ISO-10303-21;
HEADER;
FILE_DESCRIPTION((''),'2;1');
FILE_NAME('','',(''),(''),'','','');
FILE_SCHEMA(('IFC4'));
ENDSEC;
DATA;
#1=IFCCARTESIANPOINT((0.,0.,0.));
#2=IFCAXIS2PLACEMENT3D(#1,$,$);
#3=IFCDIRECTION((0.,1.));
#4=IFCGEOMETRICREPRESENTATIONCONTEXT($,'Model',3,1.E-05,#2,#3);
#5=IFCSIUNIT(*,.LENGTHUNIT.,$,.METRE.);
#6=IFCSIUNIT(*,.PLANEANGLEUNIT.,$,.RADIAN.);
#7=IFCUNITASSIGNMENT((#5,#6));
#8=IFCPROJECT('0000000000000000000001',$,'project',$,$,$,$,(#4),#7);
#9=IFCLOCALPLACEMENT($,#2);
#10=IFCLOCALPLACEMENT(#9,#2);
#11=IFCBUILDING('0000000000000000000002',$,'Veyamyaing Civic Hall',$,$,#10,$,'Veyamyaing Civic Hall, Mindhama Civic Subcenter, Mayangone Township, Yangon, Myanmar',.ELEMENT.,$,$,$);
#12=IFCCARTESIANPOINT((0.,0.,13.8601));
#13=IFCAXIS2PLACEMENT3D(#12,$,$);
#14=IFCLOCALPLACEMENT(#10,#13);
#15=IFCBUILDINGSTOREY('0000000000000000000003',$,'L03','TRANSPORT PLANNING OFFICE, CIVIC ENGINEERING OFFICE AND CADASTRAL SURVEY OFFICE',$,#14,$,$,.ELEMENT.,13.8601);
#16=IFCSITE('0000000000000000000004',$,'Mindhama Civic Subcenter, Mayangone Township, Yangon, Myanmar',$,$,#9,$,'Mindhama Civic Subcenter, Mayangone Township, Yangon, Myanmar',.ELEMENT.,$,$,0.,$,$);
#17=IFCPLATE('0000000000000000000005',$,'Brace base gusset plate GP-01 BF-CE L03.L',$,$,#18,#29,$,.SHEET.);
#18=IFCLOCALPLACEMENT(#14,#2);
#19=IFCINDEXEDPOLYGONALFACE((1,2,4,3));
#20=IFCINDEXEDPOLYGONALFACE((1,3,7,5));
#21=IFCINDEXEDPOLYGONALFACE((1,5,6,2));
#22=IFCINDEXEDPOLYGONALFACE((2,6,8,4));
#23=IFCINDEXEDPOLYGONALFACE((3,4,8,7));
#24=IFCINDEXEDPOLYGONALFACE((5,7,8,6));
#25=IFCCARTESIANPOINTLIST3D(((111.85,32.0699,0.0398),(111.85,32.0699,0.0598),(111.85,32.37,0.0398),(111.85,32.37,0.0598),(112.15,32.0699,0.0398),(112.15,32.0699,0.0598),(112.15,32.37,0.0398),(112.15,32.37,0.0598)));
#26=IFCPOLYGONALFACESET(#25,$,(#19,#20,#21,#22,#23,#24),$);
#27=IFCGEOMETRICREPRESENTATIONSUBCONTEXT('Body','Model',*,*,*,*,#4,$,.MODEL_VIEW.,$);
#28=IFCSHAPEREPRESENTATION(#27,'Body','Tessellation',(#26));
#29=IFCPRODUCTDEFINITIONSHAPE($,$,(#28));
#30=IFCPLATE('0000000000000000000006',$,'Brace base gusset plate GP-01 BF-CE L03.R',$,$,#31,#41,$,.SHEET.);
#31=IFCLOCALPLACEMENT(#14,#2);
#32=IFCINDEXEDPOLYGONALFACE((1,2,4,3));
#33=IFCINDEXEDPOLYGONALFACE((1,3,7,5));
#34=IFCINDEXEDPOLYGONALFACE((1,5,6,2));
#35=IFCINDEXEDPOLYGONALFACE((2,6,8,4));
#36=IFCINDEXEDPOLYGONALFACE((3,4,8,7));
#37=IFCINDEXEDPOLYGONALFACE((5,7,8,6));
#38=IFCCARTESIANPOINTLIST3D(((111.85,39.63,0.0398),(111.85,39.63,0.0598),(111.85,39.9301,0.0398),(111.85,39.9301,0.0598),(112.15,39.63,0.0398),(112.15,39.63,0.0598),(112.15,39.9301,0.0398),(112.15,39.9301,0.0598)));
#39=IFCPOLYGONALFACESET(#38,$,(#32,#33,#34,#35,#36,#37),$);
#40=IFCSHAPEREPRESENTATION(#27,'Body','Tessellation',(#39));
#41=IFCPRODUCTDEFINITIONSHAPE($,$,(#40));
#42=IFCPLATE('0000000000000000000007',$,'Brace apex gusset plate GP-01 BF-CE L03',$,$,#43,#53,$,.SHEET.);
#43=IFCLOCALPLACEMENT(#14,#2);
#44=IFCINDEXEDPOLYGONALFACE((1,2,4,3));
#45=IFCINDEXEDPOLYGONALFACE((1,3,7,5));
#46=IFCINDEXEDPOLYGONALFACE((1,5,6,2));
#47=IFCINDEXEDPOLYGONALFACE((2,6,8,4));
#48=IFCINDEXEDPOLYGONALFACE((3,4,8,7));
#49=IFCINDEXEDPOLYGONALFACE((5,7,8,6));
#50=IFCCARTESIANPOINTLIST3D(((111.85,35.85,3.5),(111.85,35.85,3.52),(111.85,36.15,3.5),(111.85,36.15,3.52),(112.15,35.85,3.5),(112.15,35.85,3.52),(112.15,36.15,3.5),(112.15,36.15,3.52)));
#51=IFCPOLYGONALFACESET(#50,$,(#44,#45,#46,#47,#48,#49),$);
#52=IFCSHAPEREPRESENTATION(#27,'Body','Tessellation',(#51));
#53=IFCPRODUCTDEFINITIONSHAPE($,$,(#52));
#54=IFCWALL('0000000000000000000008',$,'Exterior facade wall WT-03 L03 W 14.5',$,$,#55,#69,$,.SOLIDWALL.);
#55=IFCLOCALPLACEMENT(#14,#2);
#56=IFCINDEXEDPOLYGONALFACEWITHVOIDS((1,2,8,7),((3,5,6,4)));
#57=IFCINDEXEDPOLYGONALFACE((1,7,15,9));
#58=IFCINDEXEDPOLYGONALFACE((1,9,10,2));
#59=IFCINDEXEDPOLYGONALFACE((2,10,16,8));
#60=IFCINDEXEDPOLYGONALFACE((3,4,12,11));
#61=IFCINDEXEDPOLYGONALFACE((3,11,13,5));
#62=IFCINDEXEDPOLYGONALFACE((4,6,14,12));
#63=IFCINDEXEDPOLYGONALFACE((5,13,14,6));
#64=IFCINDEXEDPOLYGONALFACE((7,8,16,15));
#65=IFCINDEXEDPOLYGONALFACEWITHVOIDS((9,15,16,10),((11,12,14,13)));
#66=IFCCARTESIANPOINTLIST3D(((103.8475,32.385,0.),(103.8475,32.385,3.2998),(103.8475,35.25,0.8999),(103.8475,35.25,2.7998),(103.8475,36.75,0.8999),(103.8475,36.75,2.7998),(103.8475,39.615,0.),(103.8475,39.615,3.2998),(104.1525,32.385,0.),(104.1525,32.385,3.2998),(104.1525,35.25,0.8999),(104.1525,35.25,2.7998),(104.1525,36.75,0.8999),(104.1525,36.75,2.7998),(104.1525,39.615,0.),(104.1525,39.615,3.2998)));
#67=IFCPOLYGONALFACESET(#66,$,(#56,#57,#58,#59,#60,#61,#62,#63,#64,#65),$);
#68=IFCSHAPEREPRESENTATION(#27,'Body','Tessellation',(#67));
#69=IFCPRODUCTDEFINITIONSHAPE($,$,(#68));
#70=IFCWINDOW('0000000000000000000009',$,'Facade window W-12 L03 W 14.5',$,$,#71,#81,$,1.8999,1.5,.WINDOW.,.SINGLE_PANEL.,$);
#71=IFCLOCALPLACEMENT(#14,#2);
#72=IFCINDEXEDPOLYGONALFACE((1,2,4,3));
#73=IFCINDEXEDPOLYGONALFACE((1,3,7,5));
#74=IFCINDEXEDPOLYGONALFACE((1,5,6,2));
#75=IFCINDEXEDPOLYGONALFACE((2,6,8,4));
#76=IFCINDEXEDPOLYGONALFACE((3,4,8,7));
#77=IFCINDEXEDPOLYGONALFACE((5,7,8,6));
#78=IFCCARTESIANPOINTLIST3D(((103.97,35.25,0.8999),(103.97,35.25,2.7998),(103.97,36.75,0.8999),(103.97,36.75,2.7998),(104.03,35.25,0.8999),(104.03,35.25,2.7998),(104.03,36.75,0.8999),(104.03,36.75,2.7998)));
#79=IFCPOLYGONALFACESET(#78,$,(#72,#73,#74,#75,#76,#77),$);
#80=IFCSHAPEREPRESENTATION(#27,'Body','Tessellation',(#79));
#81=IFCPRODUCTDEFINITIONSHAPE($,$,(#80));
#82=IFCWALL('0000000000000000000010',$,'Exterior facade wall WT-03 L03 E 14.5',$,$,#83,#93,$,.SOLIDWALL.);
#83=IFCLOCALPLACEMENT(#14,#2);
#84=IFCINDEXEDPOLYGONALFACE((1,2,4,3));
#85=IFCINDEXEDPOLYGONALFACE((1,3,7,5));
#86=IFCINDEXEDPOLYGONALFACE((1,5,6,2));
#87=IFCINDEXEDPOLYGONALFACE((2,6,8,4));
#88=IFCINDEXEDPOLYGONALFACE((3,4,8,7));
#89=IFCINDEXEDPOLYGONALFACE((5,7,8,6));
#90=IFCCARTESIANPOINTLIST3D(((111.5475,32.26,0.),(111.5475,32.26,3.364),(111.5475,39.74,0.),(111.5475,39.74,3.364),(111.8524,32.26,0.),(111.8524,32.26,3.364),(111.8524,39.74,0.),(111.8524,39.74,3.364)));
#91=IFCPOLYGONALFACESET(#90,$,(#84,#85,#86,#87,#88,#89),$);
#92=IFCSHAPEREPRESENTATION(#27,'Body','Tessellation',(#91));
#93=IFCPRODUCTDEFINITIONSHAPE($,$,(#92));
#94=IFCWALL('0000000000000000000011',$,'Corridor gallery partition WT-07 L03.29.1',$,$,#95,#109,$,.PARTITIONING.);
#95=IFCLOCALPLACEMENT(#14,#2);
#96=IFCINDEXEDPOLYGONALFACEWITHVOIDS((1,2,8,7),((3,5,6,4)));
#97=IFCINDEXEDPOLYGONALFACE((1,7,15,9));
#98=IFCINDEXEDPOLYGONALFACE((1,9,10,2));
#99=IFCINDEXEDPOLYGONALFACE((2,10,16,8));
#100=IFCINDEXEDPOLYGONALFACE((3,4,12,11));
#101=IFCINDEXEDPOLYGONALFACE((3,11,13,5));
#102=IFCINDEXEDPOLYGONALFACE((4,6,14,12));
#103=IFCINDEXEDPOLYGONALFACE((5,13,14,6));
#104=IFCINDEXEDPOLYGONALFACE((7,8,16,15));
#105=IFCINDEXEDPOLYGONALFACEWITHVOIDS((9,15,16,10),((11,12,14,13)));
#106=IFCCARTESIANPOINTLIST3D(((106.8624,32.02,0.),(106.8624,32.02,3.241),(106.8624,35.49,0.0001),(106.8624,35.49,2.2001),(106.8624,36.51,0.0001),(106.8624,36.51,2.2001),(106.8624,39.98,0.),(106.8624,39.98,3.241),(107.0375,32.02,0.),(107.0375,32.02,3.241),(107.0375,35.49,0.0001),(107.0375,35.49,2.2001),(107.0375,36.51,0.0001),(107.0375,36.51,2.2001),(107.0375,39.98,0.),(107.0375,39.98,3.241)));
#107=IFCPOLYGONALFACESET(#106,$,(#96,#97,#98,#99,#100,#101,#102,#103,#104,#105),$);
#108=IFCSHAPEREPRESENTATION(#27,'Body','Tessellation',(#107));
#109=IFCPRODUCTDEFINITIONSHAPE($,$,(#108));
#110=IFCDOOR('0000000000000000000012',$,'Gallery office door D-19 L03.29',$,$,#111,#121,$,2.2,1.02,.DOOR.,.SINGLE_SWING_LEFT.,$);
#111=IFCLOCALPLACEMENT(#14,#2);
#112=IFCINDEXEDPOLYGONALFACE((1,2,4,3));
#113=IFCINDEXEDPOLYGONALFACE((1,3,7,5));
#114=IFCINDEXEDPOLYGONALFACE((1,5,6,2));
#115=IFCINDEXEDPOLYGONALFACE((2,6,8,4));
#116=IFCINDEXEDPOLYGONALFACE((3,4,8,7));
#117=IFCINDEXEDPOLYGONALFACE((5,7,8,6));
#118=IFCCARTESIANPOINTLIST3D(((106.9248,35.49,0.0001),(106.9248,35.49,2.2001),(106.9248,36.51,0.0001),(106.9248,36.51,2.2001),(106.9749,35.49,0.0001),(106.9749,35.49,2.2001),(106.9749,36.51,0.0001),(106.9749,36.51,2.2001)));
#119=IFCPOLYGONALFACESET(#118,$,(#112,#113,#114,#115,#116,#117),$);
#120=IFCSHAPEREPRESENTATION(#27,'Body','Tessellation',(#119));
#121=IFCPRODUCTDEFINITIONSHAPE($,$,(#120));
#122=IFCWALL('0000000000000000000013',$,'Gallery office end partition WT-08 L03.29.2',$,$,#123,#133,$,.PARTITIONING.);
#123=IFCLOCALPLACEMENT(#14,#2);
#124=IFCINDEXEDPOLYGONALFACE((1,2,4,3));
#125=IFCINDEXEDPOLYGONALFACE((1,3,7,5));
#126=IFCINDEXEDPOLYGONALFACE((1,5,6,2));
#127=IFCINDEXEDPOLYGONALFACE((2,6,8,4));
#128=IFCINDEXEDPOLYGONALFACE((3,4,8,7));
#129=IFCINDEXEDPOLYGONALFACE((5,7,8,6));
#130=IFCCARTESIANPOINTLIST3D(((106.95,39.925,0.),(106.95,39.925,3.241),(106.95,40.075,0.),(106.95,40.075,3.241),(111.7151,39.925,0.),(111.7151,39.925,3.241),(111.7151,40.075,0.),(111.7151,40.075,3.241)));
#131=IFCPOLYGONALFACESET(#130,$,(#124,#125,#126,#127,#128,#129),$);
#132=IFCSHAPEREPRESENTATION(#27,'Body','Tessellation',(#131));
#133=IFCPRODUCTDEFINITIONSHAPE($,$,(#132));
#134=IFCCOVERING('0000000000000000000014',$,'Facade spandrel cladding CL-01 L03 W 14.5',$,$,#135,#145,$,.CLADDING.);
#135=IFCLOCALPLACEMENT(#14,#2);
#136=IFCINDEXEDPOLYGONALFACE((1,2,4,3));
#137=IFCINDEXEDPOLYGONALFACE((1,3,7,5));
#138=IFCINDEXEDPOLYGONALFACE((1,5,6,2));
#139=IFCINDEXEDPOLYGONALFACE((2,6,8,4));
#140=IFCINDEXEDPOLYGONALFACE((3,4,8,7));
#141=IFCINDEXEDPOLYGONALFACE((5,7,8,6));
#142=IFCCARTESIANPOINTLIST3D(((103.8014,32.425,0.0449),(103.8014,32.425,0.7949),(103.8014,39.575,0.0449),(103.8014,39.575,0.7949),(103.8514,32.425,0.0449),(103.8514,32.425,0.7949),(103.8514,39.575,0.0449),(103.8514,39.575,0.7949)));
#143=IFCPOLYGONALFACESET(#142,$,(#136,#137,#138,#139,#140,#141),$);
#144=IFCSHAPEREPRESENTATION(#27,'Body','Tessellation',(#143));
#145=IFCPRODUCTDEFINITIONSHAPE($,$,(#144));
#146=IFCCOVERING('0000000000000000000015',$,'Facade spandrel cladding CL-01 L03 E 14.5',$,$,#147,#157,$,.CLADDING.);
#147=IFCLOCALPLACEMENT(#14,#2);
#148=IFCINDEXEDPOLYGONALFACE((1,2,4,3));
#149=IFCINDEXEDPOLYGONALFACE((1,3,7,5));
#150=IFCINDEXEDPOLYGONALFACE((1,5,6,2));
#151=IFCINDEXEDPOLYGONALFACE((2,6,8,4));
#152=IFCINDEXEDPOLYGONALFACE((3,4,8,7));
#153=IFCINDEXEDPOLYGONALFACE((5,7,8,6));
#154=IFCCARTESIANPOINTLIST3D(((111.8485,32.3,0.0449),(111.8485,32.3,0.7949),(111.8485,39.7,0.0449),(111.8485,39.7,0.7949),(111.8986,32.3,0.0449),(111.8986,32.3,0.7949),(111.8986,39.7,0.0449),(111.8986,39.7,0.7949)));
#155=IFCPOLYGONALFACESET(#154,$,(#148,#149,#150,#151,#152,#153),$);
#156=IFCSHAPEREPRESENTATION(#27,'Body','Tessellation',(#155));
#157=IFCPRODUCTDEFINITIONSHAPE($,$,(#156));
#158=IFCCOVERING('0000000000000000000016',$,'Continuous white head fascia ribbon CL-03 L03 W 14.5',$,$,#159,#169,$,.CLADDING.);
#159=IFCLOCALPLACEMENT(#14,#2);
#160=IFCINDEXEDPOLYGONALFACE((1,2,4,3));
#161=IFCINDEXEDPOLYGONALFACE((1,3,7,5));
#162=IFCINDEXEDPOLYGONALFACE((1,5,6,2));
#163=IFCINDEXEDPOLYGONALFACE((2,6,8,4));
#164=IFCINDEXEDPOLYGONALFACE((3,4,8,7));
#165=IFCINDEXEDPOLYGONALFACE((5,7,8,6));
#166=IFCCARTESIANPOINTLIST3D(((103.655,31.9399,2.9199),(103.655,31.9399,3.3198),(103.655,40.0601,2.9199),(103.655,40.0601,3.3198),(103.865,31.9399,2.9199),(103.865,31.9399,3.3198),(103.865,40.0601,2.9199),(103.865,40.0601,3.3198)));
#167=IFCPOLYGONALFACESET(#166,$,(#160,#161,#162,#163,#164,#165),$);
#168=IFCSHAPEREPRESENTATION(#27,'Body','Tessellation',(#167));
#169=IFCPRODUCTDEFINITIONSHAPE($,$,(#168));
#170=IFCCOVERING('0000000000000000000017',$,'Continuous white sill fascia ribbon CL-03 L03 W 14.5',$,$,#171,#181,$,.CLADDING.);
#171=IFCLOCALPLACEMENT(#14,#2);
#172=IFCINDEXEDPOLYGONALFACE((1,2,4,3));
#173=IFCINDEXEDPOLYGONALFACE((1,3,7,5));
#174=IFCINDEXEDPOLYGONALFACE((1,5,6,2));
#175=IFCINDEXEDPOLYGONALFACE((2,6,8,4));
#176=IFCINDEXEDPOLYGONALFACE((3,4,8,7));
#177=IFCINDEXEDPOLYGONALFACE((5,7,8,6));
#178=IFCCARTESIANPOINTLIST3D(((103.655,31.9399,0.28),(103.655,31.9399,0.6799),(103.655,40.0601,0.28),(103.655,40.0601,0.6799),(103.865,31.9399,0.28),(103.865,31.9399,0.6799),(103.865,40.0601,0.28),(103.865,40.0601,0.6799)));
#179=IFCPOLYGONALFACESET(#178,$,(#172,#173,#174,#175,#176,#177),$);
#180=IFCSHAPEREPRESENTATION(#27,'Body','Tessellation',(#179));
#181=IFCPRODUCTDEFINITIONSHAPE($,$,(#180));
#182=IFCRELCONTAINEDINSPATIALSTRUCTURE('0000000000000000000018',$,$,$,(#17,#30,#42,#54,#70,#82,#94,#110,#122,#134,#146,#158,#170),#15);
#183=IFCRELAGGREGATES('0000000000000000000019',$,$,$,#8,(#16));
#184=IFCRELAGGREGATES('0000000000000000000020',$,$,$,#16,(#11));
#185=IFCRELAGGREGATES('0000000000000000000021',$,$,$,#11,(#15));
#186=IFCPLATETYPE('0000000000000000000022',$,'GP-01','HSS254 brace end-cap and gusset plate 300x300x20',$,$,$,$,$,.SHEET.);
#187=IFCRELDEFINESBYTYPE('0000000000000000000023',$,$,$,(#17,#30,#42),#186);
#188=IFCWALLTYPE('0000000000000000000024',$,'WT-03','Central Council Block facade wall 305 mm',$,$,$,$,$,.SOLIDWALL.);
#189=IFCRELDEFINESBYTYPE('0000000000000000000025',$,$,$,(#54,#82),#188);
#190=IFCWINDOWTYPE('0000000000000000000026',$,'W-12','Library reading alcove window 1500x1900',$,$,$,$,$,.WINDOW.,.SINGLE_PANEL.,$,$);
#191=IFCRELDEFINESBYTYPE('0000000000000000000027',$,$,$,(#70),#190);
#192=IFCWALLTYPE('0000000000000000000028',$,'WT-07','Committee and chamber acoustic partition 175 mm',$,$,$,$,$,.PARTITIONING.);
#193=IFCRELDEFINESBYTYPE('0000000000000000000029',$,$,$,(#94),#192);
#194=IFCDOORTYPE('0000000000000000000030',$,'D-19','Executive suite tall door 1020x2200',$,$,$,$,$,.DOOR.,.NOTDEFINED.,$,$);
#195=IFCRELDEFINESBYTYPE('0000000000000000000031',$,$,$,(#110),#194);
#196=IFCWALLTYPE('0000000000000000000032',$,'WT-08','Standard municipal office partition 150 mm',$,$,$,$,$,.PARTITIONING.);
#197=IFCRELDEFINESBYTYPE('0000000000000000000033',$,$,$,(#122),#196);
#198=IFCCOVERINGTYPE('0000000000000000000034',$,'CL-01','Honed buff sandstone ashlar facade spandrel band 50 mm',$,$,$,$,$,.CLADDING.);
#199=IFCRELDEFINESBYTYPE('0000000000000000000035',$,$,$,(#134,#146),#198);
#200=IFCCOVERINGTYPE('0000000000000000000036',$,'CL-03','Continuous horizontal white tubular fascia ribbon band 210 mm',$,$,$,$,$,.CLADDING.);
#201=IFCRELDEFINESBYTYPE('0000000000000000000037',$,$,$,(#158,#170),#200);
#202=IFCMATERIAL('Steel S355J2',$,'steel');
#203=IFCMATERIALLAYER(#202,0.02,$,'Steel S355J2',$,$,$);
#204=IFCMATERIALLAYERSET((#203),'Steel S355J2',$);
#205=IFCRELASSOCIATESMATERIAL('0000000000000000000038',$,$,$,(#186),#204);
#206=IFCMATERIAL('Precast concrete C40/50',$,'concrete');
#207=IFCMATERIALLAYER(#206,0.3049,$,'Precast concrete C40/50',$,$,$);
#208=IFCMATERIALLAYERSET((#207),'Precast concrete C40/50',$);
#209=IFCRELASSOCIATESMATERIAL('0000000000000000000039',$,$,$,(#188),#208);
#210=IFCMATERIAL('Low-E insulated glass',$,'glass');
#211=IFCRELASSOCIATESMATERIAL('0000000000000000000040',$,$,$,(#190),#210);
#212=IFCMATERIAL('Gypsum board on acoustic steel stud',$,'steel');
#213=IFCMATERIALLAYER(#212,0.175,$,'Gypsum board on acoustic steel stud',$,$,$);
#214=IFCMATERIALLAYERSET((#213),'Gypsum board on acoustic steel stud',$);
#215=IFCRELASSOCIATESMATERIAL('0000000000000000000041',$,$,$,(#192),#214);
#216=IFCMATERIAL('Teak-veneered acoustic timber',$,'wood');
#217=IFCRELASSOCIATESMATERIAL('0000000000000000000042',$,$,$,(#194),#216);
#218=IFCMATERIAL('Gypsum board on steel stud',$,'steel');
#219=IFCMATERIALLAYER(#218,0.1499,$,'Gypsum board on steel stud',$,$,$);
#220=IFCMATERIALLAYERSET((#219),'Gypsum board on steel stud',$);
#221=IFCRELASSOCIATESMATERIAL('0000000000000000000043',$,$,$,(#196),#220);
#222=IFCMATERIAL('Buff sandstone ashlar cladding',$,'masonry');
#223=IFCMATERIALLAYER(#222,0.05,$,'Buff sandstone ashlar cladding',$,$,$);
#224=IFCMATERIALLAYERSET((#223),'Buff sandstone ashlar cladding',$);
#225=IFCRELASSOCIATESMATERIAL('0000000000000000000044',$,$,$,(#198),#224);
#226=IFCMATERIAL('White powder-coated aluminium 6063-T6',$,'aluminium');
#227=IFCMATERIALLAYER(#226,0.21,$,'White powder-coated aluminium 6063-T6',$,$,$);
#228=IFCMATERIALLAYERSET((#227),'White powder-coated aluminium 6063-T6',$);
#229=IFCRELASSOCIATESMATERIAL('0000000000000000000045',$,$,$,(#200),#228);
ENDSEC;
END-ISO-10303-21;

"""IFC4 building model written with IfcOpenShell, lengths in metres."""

from ifc_helpers import new_model, si_unit, direction, frame, frame_2d, origin, origin_2d, place, context, subcontext, project, spatial, rectangle, extrude, material, layer, layer_set, type_object, element, fill, save


model = new_model("IFC4")

# Units and contexts
model_context = context("Model", 3, precision=1e-05, world=origin(), true_north=direction((0.0, 1.0)))
body_context = subcontext(model_context, "Body", "Model", "MODEL_VIEW")
ifc_project = project(units=[si_unit("LENGTHUNIT", "METRE"), si_unit("PLANEANGLEUNIT", "RADIAN")], contexts=[model_context])

# Site, building, storey
site_placement = place(None, origin())
site = spatial("IfcSite", under=ifc_project, at=site_placement, Name="Mindhama Civic Subcenter, Mayangone Township, Yangon, Myanmar", LongName="Mindhama Civic Subcenter, Mayangone Township, Yangon, Myanmar", CompositionType="ELEMENT", RefElevation=0.0)
building_placement = place(site_placement, origin())
building = spatial("IfcBuilding", under=site, at=building_placement, Name="Veyamyaing Civic Hall", LongName="Veyamyaing Civic Hall, Mindhama Civic Subcenter, Mayangone Township, Yangon, Myanmar", CompositionType="ELEMENT")
storey_placement = place(building_placement, frame((0.0, 0.0, 13.8601)))
storey = spatial("IfcBuildingStorey", under=building, at=storey_placement, Name="L03", Description="TRANSPORT PLANNING OFFICE, CIVIC ENGINEERING OFFICE AND CADASTRAL SURVEY OFFICE", CompositionType="ELEMENT", Elevation=13.8601)

# Shared definitions
ifc_material_1 = material(Name="Steel S355J2", Category="steel")

# Plates
ifc_layer_1 = layer(ifc_material_1, 0.02, Name="Steel S355J2")
ifc_layer_set_1 = layer_set([ifc_layer_1], Name="Steel S355J2")
plate_type = type_object("IfcPlateType", Name="GP-01", Description="HSS254 brace end-cap and gusset plate 300x300x20", PredefinedType="SHEET", material=ifc_layer_set_1)
for number, where, z_axis, x_axis, name in (
    (1, (112.0, 32.22, 0.0398), (0.0, 0.0, 1.0), (1.0, 0.0, 0.0), "Brace base gusset plate GP-01 BF-CE L03.L"),
    (2, (112.0, 39.78, 0.0398), (0.0, 0.0, 1.0), (1.0, 0.0, 0.0), "Brace base gusset plate GP-01 BF-CE L03.R"),
    (3, (112.0, 36.0, 3.5), (0.0, 0.0, 1.0), (1.0, 0.0, 0.0), "Brace apex gusset plate GP-01 BF-CE L03"),
):
    element("IfcPlate", number, at=place(storey_placement, frame(where, z_axis=z_axis, x_axis=x_axis)), inside=storey, type_object=plate_type, Name=name, PredefinedType="SHEET", context=body_context, shape_type="SweptSolid", body=[
        extrude(rectangle(XDim=0.3, YDim=0.3, at=origin_2d()), origin(), (0.0, 0.0, 1.0), 0.02),
    ])

# Wall, opening, window
ifc_material_2 = material(Name="Precast concrete C40/50", Category="concrete")
ifc_layer_2 = layer(ifc_material_2, 0.3049, Name="Precast concrete C40/50")
ifc_layer_set_2 = layer_set([ifc_layer_2], Name="Precast concrete C40/50")
wall_type_1 = type_object("IfcWallType", Name="WT-03", Description="Central Council Block facade wall 305 mm", PredefinedType="SOLIDWALL", material=ifc_layer_set_2)
wall_1_placement = place(storey_placement, frame((104.0, 32.385, 0.0), z_axis=(0.0, 0.0, 1.0), x_axis=(0.0, 1.0, 0.0)))
wall_1 = element("IfcWall", 4, at=wall_1_placement, inside=storey, type_object=wall_type_1, Name="Exterior facade wall WT-03 L03 W 14.5", PredefinedType="SOLIDWALL", context=body_context, shape_type="SweptSolid", body=[
    extrude(rectangle(XDim=7.23, YDim=0.3049, at=frame_2d((3.615, 0.0))), origin(), (0.0, 0.0, 1.0), 3.2998),
])
opening_1_placement = place(wall_1_placement, frame((2.865, 0.0, 0.8999)))
opening_1 = element("IfcOpeningElement", 5, at=opening_1_placement, cuts=wall_1, PredefinedType="OPENING", context=body_context, shape_type="SweptSolid", body=[
    extrude(rectangle(XDim=1.5, YDim=1.8999, at=frame_2d((0.75, 0.95))), frame((0.0, 0.1624, 0.0), z_axis=(0.0, -1.0, 0.0), x_axis=(1.0, 0.0, 0.0)), (0.0, 0.0, 1.0), 0.325),
])
ifc_material_3 = material(Name="Low-E insulated glass", Category="glass")
window_type = type_object("IfcWindowType", Name="W-12", Description="Library reading alcove window 1500x1900", PartitioningType="SINGLE_PANEL", PredefinedType="WINDOW", material=ifc_material_3)
window_placement = place(opening_1_placement, origin())
window = element("IfcWindow", 6, at=window_placement, inside=storey, type_object=window_type, Name="Facade window W-12 L03 W 14.5", OverallHeight=1.8999, OverallWidth=1.5, PartitioningType="SINGLE_PANEL", PredefinedType="WINDOW", context=body_context, shape_type="SweptSolid", body=[
    extrude(rectangle(XDim=1.5, YDim=1.8999, at=frame_2d((0.75, 0.95))), frame((0.0, 0.03, 0.0), z_axis=(0.0, -1.0, 0.0), x_axis=(1.0, 0.0, 0.0)), (0.0, 0.0, 1.0), 0.0601),
])
fill(opening_1, window)

# Wall
wall_2_placement = place(storey_placement, frame((111.7, 32.26, 0.0), z_axis=(0.0, 0.0, 1.0), x_axis=(0.0, 1.0, 0.0)))
element("IfcWall", 7, at=wall_2_placement, inside=storey, type_object=wall_type_1, Name="Exterior facade wall WT-03 L03 E 14.5", PredefinedType="SOLIDWALL", context=body_context, shape_type="SweptSolid", body=[
    extrude(rectangle(XDim=7.48, YDim=0.3049, at=frame_2d((3.74, 0.0))), origin(), (0.0, 0.0, 1.0), 3.364),
])

# Wall, opening, door
ifc_material_4 = material(Name="Gypsum board on acoustic steel stud", Category="steel")
ifc_layer_3 = layer(ifc_material_4, 0.175, Name="Gypsum board on acoustic steel stud")
ifc_layer_set_3 = layer_set([ifc_layer_3], Name="Gypsum board on acoustic steel stud")
wall_type_2 = type_object("IfcWallType", Name="WT-07", Description="Committee and chamber acoustic partition 175 mm", PredefinedType="PARTITIONING", material=ifc_layer_set_3)
wall_3_placement = place(storey_placement, frame((106.95, 32.02, 0.0), z_axis=(0.0, 0.0, 1.0), x_axis=(0.0, 1.0, 0.0)))
wall_3 = element("IfcWall", 8, at=wall_3_placement, inside=storey, type_object=wall_type_2, Name="Corridor gallery partition WT-07 L03.29.1", PredefinedType="PARTITIONING", context=body_context, shape_type="SweptSolid", body=[
    extrude(rectangle(XDim=7.96, YDim=0.175, at=frame_2d((3.98, 0.0))), origin(), (0.0, 0.0, 1.0), 3.241),
])
opening_2_placement = place(wall_3_placement, frame((3.47, 0.0, 0.0)))
opening_2 = element("IfcOpeningElement", 9, at=opening_2_placement, cuts=wall_3, PredefinedType="OPENING", context=body_context, shape_type="SweptSolid", body=[
    extrude(rectangle(XDim=1.02, YDim=2.2, at=frame_2d((0.51, 1.1001))), frame((0.0, 0.0974, 0.0), z_axis=(0.0, -1.0, 0.0), x_axis=(1.0, 0.0, 0.0)), (0.0, 0.0, 1.0), 0.1951),
])
ifc_material_5 = material(Name="Teak-veneered acoustic timber", Category="wood")
door_type = type_object("IfcDoorType", Name="D-19", Description="Executive suite tall door 1020x2200", OperationType="NOTDEFINED", PredefinedType="DOOR", material=ifc_material_5)
door_placement = place(opening_2_placement, frame((1.02, 0.0, 0.0), z_axis=(0.0, 0.0, 1.0), x_axis=(-1.0, 0.0, 0.0)))
door = element("IfcDoor", 10, at=door_placement, inside=storey, type_object=door_type, Name="Gallery office door D-19 L03.29", OperationType="SINGLE_SWING_LEFT", OverallHeight=2.2, OverallWidth=1.02, PredefinedType="DOOR", context=body_context, shape_type="SweptSolid", body=[
    extrude(rectangle(XDim=1.02, YDim=2.2, at=frame_2d((0.51, 1.1001))), frame((0.0, 0.0249, 0.0), z_axis=(0.0, -1.0, 0.0), x_axis=(1.0, 0.0, 0.0)), (0.0, 0.0, 1.0), 0.05),
])
fill(opening_2, door)

# Wall
ifc_material_6 = material(Name="Gypsum board on steel stud", Category="steel")
ifc_layer_4 = layer(ifc_material_6, 0.1499, Name="Gypsum board on steel stud")
ifc_layer_set_4 = layer_set([ifc_layer_4], Name="Gypsum board on steel stud")
wall_type_3 = type_object("IfcWallType", Name="WT-08", Description="Standard municipal office partition 150 mm", PredefinedType="PARTITIONING", material=ifc_layer_set_4)
wall_4_placement = place(storey_placement, frame((106.95, 40.0, 0.0), z_axis=(0.0, 0.0, 1.0), x_axis=(1.0, 0.0, 0.0)))
element("IfcWall", 11, at=wall_4_placement, inside=storey, type_object=wall_type_3, Name="Gallery office end partition WT-08 L03.29.2", PredefinedType="PARTITIONING", context=body_context, shape_type="SweptSolid", body=[
    extrude(rectangle(XDim=4.7651, YDim=0.1499, at=frame_2d((2.3826, 0.0))), origin(), (0.0, 0.0, 1.0), 3.241),
])

# Coverings
ifc_material_7 = material(Name="Buff sandstone ashlar cladding", Category="masonry")
ifc_layer_5 = layer(ifc_material_7, 0.05, Name="Buff sandstone ashlar cladding")
ifc_layer_set_5 = layer_set([ifc_layer_5], Name="Buff sandstone ashlar cladding")
covering_type_1 = type_object("IfcCoveringType", Name="CL-01", Description="Honed buff sandstone ashlar facade spandrel band 50 mm", PredefinedType="CLADDING", material=ifc_layer_set_5)
covering_1_placement = place(storey_placement, frame((103.8264, 36.0, 0.0449), z_axis=(0.0, 0.0, 1.0), x_axis=(0.0, 1.0, 0.0)))
element("IfcCovering", 12, at=covering_1_placement, inside=storey, type_object=covering_type_1, Name="Facade spandrel cladding CL-01 L03 W 14.5", PredefinedType="CLADDING", context=body_context, shape_type="SweptSolid", body=[
    extrude(rectangle(XDim=7.1499, YDim=0.05, at=origin_2d()), origin(), (0.0, 0.0, 1.0), 0.75),
])
covering_2_placement = place(storey_placement, frame((111.8735, 36.0, 0.0449), z_axis=(0.0, 0.0, 1.0), x_axis=(0.0, 1.0, 0.0)))
element("IfcCovering", 13, at=covering_2_placement, inside=storey, type_object=covering_type_1, Name="Facade spandrel cladding CL-01 L03 E 14.5", PredefinedType="CLADDING", context=body_context, shape_type="SweptSolid", body=[
    extrude(rectangle(XDim=7.3999, YDim=0.05, at=origin_2d()), origin(), (0.0, 0.0, 1.0), 0.75),
])
ifc_material_8 = material(Name="White powder-coated aluminium 6063-T6", Category="aluminium")
ifc_layer_6 = layer(ifc_material_8, 0.21, Name="White powder-coated aluminium 6063-T6")
ifc_layer_set_6 = layer_set([ifc_layer_6], Name="White powder-coated aluminium 6063-T6")
covering_type_2 = type_object("IfcCoveringType", Name="CL-03", Description="Continuous horizontal white tubular fascia ribbon band 210 mm", PredefinedType="CLADDING", material=ifc_layer_set_6)
for number, where, z_axis, x_axis, name in (
    (14, (103.76, 36.0, 2.9199), (0.0, 0.0, 1.0), (0.0, 1.0, 0.0), "Continuous white head fascia ribbon CL-03 L03 W 14.5"),
    (15, (103.76, 36.0, 0.28), (0.0, 0.0, 1.0), (0.0, 1.0, 0.0), "Continuous white sill fascia ribbon CL-03 L03 W 14.5"),
):
    element("IfcCovering", number, at=place(storey_placement, frame(where, z_axis=z_axis, x_axis=x_axis)), inside=storey, type_object=covering_type_2, Name=name, PredefinedType="CLADDING", context=body_context, shape_type="SweptSolid", body=[
        extrude(rectangle(XDim=8.1201, YDim=0.21, at=origin_2d()), origin(), (0.0, 0.0, 1.0), 0.3999),
    ])

save(model, "model.ifc")
